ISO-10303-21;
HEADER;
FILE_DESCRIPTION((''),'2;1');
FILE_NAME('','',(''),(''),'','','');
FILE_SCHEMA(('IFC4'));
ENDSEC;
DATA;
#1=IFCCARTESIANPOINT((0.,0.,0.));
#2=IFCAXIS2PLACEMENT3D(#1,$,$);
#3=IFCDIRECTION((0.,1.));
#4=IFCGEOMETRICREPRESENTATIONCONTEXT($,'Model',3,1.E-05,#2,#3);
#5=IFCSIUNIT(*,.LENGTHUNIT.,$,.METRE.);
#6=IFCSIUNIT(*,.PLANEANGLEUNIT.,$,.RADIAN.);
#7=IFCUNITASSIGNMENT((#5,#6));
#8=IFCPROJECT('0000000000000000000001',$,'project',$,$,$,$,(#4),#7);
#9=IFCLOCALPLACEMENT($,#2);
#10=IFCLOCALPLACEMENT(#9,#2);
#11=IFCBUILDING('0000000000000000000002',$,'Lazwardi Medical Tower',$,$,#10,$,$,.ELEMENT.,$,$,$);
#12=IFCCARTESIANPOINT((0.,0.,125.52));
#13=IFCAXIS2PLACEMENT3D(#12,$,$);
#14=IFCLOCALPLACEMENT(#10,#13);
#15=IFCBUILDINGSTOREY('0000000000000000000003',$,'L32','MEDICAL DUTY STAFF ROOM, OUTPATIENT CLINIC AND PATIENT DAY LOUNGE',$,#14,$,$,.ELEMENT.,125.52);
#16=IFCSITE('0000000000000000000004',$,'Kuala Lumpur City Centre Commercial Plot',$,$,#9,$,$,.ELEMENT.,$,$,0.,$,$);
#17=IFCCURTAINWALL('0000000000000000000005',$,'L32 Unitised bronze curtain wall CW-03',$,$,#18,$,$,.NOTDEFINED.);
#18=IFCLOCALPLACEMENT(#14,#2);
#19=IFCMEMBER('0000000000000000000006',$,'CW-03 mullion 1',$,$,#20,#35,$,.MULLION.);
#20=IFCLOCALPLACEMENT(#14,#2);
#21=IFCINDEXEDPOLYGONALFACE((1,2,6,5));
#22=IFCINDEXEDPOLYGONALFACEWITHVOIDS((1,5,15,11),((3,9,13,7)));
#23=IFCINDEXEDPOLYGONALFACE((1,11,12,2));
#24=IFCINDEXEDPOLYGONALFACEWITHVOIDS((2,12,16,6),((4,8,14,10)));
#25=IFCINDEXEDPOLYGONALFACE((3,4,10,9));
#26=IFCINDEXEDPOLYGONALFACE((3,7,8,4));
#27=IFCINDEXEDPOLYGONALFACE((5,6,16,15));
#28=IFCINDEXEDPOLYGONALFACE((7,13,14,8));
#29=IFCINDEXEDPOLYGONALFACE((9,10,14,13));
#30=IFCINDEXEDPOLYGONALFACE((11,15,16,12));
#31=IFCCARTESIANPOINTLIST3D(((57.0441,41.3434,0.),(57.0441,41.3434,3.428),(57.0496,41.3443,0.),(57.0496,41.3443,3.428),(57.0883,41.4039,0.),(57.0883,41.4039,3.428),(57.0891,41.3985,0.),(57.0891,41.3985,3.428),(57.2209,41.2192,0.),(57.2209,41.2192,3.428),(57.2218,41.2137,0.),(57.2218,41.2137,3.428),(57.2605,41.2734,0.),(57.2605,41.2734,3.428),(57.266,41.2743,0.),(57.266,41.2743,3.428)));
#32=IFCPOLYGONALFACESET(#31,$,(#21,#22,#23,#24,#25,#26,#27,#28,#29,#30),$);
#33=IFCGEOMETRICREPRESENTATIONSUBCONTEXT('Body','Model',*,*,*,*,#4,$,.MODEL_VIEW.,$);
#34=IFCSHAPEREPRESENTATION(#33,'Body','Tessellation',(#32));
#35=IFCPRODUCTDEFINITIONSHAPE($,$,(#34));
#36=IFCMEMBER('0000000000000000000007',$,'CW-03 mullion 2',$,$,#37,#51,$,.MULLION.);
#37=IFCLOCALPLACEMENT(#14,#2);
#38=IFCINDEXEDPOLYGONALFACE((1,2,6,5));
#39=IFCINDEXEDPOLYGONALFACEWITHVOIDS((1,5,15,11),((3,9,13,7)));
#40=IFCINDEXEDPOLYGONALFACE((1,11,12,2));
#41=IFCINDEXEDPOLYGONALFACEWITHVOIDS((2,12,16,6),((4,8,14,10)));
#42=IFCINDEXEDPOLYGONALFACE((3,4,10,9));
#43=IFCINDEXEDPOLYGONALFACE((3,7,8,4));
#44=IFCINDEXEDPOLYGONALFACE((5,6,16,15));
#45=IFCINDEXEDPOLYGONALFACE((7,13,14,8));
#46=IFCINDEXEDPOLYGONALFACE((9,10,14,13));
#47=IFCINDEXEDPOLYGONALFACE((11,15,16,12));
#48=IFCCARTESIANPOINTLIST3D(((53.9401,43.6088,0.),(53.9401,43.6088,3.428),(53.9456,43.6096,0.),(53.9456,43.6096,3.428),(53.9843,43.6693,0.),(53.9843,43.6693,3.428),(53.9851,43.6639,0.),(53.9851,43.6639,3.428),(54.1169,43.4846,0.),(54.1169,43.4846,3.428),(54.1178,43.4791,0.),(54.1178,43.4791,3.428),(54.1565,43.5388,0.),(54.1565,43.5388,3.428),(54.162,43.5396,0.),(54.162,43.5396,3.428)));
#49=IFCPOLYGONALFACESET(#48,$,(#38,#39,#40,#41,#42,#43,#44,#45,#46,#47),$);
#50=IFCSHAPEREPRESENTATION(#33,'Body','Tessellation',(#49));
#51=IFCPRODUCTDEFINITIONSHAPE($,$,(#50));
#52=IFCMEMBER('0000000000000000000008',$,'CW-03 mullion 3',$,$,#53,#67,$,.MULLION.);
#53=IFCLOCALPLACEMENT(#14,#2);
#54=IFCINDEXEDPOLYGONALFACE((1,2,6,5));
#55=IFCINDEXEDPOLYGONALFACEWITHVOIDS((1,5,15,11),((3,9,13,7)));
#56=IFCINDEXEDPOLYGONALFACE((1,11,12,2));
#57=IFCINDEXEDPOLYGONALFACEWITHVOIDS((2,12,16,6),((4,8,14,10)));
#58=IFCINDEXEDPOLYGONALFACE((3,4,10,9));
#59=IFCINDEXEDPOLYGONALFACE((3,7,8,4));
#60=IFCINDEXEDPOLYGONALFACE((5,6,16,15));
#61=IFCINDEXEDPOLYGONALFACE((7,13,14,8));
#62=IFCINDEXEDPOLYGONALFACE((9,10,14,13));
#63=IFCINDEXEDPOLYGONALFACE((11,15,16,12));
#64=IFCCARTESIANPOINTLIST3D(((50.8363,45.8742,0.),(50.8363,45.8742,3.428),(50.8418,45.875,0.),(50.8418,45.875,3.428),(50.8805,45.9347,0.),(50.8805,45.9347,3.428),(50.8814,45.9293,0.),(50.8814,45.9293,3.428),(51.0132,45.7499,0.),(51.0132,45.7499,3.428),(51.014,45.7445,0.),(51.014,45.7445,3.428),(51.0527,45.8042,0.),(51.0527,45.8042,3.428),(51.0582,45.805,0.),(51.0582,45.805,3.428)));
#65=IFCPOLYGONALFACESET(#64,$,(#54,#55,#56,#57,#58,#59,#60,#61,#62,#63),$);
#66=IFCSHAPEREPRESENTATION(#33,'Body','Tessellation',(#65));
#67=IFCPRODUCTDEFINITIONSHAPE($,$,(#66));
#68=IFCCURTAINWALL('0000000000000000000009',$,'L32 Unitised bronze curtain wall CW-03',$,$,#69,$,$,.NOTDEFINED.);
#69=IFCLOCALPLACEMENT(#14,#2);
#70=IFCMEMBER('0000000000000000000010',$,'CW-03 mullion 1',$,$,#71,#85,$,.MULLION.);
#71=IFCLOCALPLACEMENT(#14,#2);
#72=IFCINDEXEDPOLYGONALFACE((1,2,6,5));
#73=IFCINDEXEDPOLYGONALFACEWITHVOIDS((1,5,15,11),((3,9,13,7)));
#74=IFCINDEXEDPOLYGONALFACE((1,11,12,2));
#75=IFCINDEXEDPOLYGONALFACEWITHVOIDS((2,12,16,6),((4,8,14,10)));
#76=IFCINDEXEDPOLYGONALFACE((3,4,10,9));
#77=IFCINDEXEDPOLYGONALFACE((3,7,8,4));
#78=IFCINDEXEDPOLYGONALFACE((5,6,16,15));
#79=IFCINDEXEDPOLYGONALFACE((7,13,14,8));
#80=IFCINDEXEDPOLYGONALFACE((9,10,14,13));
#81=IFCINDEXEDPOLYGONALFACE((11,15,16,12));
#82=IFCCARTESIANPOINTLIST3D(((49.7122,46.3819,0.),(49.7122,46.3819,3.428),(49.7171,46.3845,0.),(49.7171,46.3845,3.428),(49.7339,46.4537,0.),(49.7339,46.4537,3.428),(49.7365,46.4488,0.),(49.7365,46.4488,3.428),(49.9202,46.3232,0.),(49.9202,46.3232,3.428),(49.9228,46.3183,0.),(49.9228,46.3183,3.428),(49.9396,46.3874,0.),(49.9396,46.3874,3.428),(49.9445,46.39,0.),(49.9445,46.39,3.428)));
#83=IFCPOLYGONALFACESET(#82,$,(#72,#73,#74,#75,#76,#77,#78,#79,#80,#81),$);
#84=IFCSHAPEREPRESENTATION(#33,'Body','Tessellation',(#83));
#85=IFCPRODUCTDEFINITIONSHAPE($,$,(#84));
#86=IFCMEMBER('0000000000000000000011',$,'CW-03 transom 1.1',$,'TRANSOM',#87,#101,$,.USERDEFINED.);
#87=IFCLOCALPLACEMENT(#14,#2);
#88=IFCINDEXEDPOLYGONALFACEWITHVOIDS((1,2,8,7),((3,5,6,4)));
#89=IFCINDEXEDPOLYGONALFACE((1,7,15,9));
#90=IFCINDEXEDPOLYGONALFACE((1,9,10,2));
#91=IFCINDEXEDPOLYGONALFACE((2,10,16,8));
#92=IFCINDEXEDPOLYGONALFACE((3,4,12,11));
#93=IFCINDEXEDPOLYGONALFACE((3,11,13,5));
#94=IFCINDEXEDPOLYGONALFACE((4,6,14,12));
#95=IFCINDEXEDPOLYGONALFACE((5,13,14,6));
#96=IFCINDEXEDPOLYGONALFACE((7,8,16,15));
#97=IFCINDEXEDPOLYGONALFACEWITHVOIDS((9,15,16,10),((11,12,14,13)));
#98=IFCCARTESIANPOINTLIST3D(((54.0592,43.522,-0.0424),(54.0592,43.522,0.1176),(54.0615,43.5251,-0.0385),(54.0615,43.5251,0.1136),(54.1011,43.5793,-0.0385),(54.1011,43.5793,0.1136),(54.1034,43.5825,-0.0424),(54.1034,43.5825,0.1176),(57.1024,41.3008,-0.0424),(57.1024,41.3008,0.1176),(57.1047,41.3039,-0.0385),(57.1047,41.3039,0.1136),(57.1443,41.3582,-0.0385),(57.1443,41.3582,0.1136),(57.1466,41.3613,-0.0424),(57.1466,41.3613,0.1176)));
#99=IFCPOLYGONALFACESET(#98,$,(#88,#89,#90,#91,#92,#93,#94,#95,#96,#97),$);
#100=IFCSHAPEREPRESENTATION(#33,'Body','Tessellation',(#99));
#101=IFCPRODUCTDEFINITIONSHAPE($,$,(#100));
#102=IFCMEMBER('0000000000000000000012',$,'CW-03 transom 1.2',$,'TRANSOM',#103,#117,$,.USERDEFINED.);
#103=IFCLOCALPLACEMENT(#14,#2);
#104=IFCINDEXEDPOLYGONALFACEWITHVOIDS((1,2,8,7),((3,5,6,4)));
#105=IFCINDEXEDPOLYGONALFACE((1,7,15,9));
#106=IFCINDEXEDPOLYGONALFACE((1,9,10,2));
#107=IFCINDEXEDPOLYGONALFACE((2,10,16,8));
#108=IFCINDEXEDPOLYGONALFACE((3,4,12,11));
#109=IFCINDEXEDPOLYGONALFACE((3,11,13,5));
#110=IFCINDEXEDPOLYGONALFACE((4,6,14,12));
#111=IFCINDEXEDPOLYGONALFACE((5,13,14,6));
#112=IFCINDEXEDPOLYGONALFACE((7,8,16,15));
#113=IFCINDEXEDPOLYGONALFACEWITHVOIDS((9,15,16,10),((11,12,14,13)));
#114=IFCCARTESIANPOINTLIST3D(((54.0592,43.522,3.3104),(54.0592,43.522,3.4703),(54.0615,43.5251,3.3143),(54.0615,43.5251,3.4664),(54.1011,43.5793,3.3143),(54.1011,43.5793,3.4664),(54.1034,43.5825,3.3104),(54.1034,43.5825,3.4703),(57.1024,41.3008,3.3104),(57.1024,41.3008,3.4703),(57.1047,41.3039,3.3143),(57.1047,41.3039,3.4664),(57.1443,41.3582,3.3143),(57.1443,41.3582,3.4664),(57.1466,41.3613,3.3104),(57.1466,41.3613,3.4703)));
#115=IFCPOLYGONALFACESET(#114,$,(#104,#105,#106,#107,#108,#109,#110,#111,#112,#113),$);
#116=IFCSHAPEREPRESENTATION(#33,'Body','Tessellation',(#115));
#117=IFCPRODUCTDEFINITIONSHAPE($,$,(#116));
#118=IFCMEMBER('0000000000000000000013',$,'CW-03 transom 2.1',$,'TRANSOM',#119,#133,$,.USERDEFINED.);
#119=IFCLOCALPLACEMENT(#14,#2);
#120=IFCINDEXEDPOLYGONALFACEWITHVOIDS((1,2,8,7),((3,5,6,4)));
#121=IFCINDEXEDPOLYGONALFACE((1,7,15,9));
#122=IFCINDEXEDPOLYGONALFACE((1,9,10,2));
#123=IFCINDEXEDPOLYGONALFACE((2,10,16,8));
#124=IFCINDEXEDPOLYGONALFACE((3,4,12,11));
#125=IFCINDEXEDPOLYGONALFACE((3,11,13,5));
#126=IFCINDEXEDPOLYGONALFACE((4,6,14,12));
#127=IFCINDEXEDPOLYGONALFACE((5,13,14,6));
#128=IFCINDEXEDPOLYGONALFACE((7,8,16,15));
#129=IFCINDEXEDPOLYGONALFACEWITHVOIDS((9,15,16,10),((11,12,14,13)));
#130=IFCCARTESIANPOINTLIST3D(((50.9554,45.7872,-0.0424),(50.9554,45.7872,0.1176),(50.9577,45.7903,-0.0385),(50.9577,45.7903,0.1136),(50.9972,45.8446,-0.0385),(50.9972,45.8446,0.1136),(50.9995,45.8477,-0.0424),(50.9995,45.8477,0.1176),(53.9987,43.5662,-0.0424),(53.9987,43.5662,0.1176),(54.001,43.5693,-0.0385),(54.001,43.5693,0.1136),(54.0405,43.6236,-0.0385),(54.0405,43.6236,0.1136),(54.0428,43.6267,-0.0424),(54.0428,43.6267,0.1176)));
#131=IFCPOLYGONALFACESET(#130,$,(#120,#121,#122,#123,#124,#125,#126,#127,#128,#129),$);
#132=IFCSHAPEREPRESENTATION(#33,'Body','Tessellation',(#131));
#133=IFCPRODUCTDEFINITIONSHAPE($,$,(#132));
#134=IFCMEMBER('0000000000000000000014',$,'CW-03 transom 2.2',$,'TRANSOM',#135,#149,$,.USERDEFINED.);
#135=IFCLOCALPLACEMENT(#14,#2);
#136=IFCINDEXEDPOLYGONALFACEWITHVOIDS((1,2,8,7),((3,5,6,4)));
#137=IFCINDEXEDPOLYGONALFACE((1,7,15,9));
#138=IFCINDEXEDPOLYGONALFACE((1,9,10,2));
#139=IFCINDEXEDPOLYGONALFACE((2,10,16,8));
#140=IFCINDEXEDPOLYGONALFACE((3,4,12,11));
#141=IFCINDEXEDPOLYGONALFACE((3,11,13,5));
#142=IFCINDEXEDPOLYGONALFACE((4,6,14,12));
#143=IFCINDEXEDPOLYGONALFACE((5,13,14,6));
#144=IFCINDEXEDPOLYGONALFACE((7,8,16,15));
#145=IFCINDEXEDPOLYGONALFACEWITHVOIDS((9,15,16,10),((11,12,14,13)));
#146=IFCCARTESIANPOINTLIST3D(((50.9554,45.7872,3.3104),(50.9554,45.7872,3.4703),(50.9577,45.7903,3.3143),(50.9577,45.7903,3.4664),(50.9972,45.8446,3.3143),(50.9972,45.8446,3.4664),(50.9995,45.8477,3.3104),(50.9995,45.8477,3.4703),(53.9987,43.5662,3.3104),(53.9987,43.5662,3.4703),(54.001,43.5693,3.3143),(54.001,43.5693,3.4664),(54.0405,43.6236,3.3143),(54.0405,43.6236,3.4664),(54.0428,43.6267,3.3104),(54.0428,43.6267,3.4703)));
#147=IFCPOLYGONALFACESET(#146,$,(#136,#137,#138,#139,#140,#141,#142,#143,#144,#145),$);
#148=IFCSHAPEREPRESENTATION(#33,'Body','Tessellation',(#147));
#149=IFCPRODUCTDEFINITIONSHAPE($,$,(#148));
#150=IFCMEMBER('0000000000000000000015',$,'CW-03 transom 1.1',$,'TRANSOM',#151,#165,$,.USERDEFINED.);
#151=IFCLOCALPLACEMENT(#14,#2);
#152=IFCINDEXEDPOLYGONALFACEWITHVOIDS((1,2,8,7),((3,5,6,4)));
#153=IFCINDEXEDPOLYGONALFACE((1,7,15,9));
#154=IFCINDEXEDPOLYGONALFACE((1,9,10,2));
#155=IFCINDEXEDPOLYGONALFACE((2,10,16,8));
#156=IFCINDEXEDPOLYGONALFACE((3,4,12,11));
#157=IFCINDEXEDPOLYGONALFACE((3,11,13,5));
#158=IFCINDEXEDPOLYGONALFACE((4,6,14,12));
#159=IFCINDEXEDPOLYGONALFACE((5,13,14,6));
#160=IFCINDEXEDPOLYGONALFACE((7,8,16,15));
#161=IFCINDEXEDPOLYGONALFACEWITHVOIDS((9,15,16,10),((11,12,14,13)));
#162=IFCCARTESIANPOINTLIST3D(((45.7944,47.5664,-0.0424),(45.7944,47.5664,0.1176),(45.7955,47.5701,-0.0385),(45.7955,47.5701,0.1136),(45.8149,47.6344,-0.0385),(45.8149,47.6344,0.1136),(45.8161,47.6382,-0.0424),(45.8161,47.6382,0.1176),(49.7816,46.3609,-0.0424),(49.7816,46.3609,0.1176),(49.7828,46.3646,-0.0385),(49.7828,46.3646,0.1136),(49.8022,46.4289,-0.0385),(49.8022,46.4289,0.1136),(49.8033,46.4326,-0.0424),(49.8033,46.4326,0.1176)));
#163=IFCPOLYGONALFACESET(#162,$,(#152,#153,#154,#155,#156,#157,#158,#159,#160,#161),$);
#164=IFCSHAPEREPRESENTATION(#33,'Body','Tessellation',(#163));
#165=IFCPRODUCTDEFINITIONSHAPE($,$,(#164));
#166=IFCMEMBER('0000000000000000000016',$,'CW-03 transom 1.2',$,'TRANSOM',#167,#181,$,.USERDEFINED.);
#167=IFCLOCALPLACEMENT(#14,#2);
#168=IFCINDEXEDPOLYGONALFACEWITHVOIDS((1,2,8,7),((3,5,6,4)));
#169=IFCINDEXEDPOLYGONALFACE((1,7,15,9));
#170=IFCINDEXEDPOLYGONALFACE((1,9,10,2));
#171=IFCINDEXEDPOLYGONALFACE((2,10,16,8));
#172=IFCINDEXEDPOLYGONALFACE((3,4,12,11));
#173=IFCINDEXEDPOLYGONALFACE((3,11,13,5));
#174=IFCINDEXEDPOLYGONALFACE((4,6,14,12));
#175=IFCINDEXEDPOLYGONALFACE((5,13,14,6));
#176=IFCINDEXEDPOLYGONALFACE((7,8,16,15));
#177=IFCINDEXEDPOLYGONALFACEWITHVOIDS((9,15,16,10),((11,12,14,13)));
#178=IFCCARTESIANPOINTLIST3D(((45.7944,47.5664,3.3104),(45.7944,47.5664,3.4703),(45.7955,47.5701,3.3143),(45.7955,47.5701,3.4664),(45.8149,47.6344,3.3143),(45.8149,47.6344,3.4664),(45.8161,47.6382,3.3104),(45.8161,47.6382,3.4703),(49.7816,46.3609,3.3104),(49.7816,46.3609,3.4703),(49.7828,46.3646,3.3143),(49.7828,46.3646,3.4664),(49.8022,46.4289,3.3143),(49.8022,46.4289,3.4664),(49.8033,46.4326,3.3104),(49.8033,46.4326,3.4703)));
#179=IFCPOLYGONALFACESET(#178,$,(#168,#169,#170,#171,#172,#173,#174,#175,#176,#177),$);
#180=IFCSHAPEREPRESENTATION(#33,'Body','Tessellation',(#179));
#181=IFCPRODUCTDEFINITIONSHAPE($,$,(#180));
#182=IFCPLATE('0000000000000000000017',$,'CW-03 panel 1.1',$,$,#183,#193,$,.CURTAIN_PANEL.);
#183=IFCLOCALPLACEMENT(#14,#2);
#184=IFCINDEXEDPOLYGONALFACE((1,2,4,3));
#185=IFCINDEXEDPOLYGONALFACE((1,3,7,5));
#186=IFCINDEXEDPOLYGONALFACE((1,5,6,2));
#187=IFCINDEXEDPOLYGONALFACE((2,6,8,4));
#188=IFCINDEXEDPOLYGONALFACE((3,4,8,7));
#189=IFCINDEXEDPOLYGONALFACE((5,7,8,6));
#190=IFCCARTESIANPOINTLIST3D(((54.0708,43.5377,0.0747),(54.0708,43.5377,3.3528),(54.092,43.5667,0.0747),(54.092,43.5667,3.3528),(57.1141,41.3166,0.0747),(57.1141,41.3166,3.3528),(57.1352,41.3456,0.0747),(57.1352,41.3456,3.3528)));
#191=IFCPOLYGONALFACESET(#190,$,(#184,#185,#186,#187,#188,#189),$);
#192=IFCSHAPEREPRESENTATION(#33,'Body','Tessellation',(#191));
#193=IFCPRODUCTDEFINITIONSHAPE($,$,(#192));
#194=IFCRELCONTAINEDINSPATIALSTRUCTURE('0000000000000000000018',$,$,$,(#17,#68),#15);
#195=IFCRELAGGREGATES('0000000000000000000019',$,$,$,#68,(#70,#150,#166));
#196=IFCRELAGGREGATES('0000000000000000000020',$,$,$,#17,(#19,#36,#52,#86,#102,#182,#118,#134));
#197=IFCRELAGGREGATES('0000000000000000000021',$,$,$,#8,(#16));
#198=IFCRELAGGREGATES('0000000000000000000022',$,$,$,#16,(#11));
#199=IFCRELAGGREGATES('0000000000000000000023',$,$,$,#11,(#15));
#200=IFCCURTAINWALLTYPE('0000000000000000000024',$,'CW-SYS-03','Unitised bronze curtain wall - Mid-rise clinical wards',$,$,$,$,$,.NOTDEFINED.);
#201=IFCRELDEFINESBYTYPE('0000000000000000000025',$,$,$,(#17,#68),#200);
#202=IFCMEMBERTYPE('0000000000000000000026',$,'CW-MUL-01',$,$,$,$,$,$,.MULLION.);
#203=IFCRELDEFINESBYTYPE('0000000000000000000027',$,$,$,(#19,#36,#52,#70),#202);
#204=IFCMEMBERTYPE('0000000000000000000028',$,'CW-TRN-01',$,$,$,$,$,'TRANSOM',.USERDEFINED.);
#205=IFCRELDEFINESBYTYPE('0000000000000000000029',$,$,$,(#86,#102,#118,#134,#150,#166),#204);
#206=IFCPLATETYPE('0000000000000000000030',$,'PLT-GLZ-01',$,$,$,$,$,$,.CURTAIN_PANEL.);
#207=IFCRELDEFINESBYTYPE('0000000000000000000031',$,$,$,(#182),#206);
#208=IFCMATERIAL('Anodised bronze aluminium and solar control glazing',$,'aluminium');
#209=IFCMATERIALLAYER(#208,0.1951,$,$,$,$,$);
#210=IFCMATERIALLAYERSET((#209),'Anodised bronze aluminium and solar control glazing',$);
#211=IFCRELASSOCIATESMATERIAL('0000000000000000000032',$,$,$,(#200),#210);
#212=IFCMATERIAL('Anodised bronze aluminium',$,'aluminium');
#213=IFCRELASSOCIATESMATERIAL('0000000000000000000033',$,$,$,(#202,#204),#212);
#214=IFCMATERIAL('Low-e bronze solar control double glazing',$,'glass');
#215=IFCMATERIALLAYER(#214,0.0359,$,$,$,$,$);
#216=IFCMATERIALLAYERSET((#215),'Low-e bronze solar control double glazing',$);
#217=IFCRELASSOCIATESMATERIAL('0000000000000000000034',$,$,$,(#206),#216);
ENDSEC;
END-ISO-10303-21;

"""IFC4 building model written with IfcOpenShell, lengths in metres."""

from ifc_helpers import new_model, si_unit, direction, frame, origin, origin_2d, place, context, subcontext, project, spatial, rectangle, hollow_rectangle, extrude, material, layer, layer_set, material_profile, profile_set, type_object, element, aggregate, save


model = new_model("IFC4")

# Units and contexts
model_context = context("Model", 3, precision=1e-05, world=origin(), true_north=direction((0.0, 1.0)))
body_context = subcontext(model_context, "Body", "Model", "MODEL_VIEW")
ifc_project = project(units=[si_unit("LENGTHUNIT", "METRE"), si_unit("PLANEANGLEUNIT", "RADIAN")], contexts=[model_context])

# Site, building, storey
site_placement = place(None, origin())
site = spatial("IfcSite", under=ifc_project, at=site_placement, Name="Kuala Lumpur City Centre Commercial Plot", CompositionType="ELEMENT", RefElevation=0.0)
building_placement = place(site_placement, origin())
building = spatial("IfcBuilding", under=site, at=building_placement, Name="Lazwardi Medical Tower", CompositionType="ELEMENT")
storey_placement = place(building_placement, frame((0.0, 0.0, 125.52)))
storey = spatial("IfcBuildingStorey", under=building, at=storey_placement, Name="L32", Description="MEDICAL DUTY STAFF ROOM, OUTPATIENT CLINIC AND PATIENT DAY LOUNGE", CompositionType="ELEMENT", Elevation=125.52)

# Shared definitions
ifc_material_1 = material(Name="Anodised bronze aluminium and solar control glazing", Category="aluminium")
ifc_layer_1 = layer(ifc_material_1, 0.1951)
ifc_layer_set_1 = layer_set([ifc_layer_1], Name="Anodised bronze aluminium and solar control glazing")
curtain_wall_type = type_object("IfcCurtainWallType", Name="CW-SYS-03", Description="Unitised bronze curtain wall - Mid-rise clinical wards", PredefinedType="NOTDEFINED", material=ifc_layer_set_1)
ifc_material_2 = material(Name="Anodised bronze aluminium", Category="aluminium")
ifc_material_profile_1 = material_profile(ifc_material_2, hollow_rectangle(XDim=0.075, YDim=0.22, WallThickness=0.0039, at=origin_2d()), Name="ALU-MULLION 220x75x4")
ifc_profile_set_1 = profile_set([ifc_material_profile_1], Name="Anodised bronze aluminium")
member_type_1 = type_object("IfcMemberType", Name="CW-MUL-01", PredefinedType="MULLION", material=ifc_profile_set_1)

# Curtain wall, members
curtain_wall_1_placement = place(storey_placement, origin())
curtain_wall_1 = element("IfcCurtainWall", 1, at=curtain_wall_1_placement, inside=storey, type_object=curtain_wall_type, Name="L32 Unitised bronze curtain wall CW-03", PredefinedType="NOTDEFINED")
member_1_placement = place(storey_placement, frame((57.155, 41.3088, 0.0), z_axis=(0.0, 0.0, 1.0), x_axis=(-0.589531, -0.807746, 0.0)))
member_1 = element("IfcMember", 2, at=member_1_placement, type_object=member_type_1, Name="CW-03 mullion 1", PredefinedType="MULLION", context=body_context, shape_type="SweptSolid", body=[
    extrude(hollow_rectangle(XDim=0.075, YDim=0.22, WallThickness=0.0039, at=origin_2d()), origin(), (0.0, 0.0, 1.0), 3.428),
])
member_2_placement = place(storey_placement, frame((54.051, 43.5742, 0.0), z_axis=(0.0, 0.0, 1.0), x_axis=(-0.589531, -0.807746, 0.0)))
member_2 = element("IfcMember", 3, at=member_2_placement, type_object=member_type_1, Name="CW-03 mullion 2", PredefinedType="MULLION", context=body_context, shape_type="SweptSolid", body=[
    extrude(hollow_rectangle(XDim=0.075, YDim=0.22, WallThickness=0.0039, at=origin_2d()), origin(), (0.0, 0.0, 1.0), 3.428),
])
member_3_placement = place(storey_placement, frame((50.9473, 45.8396, 0.0), z_axis=(0.0, 0.0, 1.0), x_axis=(-0.589531, -0.807746, 0.0)))
member_3 = element("IfcMember", 4, at=member_3_placement, type_object=member_type_1, Name="CW-03 mullion 3", PredefinedType="MULLION", context=body_context, shape_type="SweptSolid", body=[
    extrude(hollow_rectangle(XDim=0.075, YDim=0.22, WallThickness=0.0039, at=origin_2d()), origin(), (0.0, 0.0, 1.0), 3.428),
])

# Curtain wall, member
curtain_wall_2_placement = place(storey_placement, origin())
curtain_wall_2 = element("IfcCurtainWall", 5, at=curtain_wall_2_placement, inside=storey, type_object=curtain_wall_type, Name="L32 Unitised bronze curtain wall CW-03", PredefinedType="NOTDEFINED")
member_4_placement = place(storey_placement, frame((49.8284, 46.386, 0.0), z_axis=(0.0, 0.0, 1.0), x_axis=(-0.289374, -0.957216, 0.0)))
member_4 = element("IfcMember", 6, at=member_4_placement, type_object=member_type_1, Name="CW-03 mullion 1", PredefinedType="MULLION", context=body_context, shape_type="SweptSolid", body=[
    extrude(hollow_rectangle(XDim=0.075, YDim=0.22, WallThickness=0.0039, at=origin_2d()), origin(), (0.0, 0.0, 1.0), 3.428),
])

# Members
ifc_material_profile_2 = material_profile(ifc_material_2, hollow_rectangle(XDim=0.075, YDim=0.1599, WallThickness=0.0039, at=origin_2d()), Name="ALU-TRANSOM 160x75x4")
ifc_profile_set_2 = profile_set([ifc_material_profile_2], Name="Anodised bronze aluminium")
member_type_2 = type_object("IfcMemberType", Name="CW-TRN-01", ElementType="TRANSOM", PredefinedType="USERDEFINED", material=ifc_profile_set_2)
member_5_placement = place(storey_placement, frame((57.1245, 41.3311, 0.0376), z_axis=(-0.807732, 0.58955, 0.0), x_axis=(-0.58955, -0.807732, 0.0)))
member_5 = element("IfcMember", 7, at=member_5_placement, type_object=member_type_2, Name="CW-03 transom 1.1", ObjectType="TRANSOM", PredefinedType="USERDEFINED", context=body_context, shape_type="SweptSolid", body=[
    extrude(hollow_rectangle(XDim=0.075, YDim=0.1599, WallThickness=0.0039, at=origin_2d()), origin(), (0.0, 0.0, 1.0), 3.7676),
])
member_6_placement = place(storey_placement, frame((57.1245, 41.3311, 3.3904), z_axis=(-0.807732, 0.58955, 0.0), x_axis=(-0.58955, -0.807732, 0.0)))
member_6 = element("IfcMember", 8, at=member_6_placement, type_object=member_type_2, Name="CW-03 transom 1.2", ObjectType="TRANSOM", PredefinedType="USERDEFINED", context=body_context, shape_type="SweptSolid", body=[
    extrude(hollow_rectangle(XDim=0.075, YDim=0.1599, WallThickness=0.0039, at=origin_2d()), origin(), (0.0, 0.0, 1.0), 3.7676),
])
member_7_placement = place(storey_placement, frame((54.0208, 43.5964, 0.0376), z_axis=(-0.807763, 0.589508, 0.0), x_axis=(-0.589508, -0.807763, 0.0)))
member_7 = element("IfcMember", 9, at=member_7_placement, type_object=member_type_2, Name="CW-03 transom 2.1", ObjectType="TRANSOM", PredefinedType="USERDEFINED", context=body_context, shape_type="SweptSolid", body=[
    extrude(hollow_rectangle(XDim=0.075, YDim=0.1599, WallThickness=0.0039, at=origin_2d()), origin(), (0.0, 0.0, 1.0), 3.7676),
])
member_8_placement = place(storey_placement, frame((54.0208, 43.5964, 3.3904), z_axis=(-0.807763, 0.589508, 0.0), x_axis=(-0.589508, -0.807763, 0.0)))
member_8 = element("IfcMember", 10, at=member_8_placement, type_object=member_type_2, Name="CW-03 transom 2.2", ObjectType="TRANSOM", PredefinedType="USERDEFINED", context=body_context, shape_type="SweptSolid", body=[
    extrude(hollow_rectangle(XDim=0.075, YDim=0.1599, WallThickness=0.0039, at=origin_2d()), origin(), (0.0, 0.0, 1.0), 3.7676),
])
member_9_placement = place(storey_placement, frame((49.7925, 46.3967, 0.0376), z_axis=(-0.957205, 0.289412, 0.0), x_axis=(-0.289412, -0.957205, 0.0)))
member_9 = element("IfcMember", 11, at=member_9_placement, type_object=member_type_2, Name="CW-03 transom 1.1", ObjectType="TRANSOM", PredefinedType="USERDEFINED", context=body_context, shape_type="SweptSolid", body=[
    extrude(hollow_rectangle(XDim=0.075, YDim=0.1599, WallThickness=0.0039, at=origin_2d()), origin(), (0.0, 0.0, 1.0), 4.1655),
])
member_10_placement = place(storey_placement, frame((49.7925, 46.3967, 3.3904), z_axis=(-0.957205, 0.289412, 0.0), x_axis=(-0.289412, -0.957205, 0.0)))
member_10 = element("IfcMember", 12, at=member_10_placement, type_object=member_type_2, Name="CW-03 transom 1.2", ObjectType="TRANSOM", PredefinedType="USERDEFINED", context=body_context, shape_type="SweptSolid", body=[
    extrude(hollow_rectangle(XDim=0.075, YDim=0.1599, WallThickness=0.0039, at=origin_2d()), origin(), (0.0, 0.0, 1.0), 4.1655),
])
aggregate(curtain_wall_2, [member_4, member_9, member_10])

# Plate
ifc_material_3 = material(Name="Low-e bronze solar control double glazing", Category="glass")
ifc_layer_2 = layer(ifc_material_3, 0.0359)
ifc_layer_set_2 = layer_set([ifc_layer_2], Name="Low-e bronze solar control double glazing")
plate_type = type_object("IfcPlateType", Name="PLT-GLZ-01", PredefinedType="CURTAIN_PANEL", material=ifc_layer_set_2)
plate_1_placement = place(storey_placement, frame((55.603, 42.4417, 0.0747), z_axis=(0.0, 0.0, 1.0), x_axis=(-0.807746, 0.589531, 0.0)))
plate_1 = element("IfcPlate", 13, at=plate_1_placement, type_object=plate_type, Name="CW-03 panel 1.1", PredefinedType="CURTAIN_PANEL", context=body_context, shape_type="SweptSolid", body=[
    extrude(rectangle(XDim=3.7676, YDim=0.0359, at=origin_2d()), origin(), (0.0, 0.0, 1.0), 3.2781),
])
aggregate(curtain_wall_1, [member_1, member_2, member_3, member_5, member_6, plate_1, member_7, member_8])

save(model, "model.ifc")
